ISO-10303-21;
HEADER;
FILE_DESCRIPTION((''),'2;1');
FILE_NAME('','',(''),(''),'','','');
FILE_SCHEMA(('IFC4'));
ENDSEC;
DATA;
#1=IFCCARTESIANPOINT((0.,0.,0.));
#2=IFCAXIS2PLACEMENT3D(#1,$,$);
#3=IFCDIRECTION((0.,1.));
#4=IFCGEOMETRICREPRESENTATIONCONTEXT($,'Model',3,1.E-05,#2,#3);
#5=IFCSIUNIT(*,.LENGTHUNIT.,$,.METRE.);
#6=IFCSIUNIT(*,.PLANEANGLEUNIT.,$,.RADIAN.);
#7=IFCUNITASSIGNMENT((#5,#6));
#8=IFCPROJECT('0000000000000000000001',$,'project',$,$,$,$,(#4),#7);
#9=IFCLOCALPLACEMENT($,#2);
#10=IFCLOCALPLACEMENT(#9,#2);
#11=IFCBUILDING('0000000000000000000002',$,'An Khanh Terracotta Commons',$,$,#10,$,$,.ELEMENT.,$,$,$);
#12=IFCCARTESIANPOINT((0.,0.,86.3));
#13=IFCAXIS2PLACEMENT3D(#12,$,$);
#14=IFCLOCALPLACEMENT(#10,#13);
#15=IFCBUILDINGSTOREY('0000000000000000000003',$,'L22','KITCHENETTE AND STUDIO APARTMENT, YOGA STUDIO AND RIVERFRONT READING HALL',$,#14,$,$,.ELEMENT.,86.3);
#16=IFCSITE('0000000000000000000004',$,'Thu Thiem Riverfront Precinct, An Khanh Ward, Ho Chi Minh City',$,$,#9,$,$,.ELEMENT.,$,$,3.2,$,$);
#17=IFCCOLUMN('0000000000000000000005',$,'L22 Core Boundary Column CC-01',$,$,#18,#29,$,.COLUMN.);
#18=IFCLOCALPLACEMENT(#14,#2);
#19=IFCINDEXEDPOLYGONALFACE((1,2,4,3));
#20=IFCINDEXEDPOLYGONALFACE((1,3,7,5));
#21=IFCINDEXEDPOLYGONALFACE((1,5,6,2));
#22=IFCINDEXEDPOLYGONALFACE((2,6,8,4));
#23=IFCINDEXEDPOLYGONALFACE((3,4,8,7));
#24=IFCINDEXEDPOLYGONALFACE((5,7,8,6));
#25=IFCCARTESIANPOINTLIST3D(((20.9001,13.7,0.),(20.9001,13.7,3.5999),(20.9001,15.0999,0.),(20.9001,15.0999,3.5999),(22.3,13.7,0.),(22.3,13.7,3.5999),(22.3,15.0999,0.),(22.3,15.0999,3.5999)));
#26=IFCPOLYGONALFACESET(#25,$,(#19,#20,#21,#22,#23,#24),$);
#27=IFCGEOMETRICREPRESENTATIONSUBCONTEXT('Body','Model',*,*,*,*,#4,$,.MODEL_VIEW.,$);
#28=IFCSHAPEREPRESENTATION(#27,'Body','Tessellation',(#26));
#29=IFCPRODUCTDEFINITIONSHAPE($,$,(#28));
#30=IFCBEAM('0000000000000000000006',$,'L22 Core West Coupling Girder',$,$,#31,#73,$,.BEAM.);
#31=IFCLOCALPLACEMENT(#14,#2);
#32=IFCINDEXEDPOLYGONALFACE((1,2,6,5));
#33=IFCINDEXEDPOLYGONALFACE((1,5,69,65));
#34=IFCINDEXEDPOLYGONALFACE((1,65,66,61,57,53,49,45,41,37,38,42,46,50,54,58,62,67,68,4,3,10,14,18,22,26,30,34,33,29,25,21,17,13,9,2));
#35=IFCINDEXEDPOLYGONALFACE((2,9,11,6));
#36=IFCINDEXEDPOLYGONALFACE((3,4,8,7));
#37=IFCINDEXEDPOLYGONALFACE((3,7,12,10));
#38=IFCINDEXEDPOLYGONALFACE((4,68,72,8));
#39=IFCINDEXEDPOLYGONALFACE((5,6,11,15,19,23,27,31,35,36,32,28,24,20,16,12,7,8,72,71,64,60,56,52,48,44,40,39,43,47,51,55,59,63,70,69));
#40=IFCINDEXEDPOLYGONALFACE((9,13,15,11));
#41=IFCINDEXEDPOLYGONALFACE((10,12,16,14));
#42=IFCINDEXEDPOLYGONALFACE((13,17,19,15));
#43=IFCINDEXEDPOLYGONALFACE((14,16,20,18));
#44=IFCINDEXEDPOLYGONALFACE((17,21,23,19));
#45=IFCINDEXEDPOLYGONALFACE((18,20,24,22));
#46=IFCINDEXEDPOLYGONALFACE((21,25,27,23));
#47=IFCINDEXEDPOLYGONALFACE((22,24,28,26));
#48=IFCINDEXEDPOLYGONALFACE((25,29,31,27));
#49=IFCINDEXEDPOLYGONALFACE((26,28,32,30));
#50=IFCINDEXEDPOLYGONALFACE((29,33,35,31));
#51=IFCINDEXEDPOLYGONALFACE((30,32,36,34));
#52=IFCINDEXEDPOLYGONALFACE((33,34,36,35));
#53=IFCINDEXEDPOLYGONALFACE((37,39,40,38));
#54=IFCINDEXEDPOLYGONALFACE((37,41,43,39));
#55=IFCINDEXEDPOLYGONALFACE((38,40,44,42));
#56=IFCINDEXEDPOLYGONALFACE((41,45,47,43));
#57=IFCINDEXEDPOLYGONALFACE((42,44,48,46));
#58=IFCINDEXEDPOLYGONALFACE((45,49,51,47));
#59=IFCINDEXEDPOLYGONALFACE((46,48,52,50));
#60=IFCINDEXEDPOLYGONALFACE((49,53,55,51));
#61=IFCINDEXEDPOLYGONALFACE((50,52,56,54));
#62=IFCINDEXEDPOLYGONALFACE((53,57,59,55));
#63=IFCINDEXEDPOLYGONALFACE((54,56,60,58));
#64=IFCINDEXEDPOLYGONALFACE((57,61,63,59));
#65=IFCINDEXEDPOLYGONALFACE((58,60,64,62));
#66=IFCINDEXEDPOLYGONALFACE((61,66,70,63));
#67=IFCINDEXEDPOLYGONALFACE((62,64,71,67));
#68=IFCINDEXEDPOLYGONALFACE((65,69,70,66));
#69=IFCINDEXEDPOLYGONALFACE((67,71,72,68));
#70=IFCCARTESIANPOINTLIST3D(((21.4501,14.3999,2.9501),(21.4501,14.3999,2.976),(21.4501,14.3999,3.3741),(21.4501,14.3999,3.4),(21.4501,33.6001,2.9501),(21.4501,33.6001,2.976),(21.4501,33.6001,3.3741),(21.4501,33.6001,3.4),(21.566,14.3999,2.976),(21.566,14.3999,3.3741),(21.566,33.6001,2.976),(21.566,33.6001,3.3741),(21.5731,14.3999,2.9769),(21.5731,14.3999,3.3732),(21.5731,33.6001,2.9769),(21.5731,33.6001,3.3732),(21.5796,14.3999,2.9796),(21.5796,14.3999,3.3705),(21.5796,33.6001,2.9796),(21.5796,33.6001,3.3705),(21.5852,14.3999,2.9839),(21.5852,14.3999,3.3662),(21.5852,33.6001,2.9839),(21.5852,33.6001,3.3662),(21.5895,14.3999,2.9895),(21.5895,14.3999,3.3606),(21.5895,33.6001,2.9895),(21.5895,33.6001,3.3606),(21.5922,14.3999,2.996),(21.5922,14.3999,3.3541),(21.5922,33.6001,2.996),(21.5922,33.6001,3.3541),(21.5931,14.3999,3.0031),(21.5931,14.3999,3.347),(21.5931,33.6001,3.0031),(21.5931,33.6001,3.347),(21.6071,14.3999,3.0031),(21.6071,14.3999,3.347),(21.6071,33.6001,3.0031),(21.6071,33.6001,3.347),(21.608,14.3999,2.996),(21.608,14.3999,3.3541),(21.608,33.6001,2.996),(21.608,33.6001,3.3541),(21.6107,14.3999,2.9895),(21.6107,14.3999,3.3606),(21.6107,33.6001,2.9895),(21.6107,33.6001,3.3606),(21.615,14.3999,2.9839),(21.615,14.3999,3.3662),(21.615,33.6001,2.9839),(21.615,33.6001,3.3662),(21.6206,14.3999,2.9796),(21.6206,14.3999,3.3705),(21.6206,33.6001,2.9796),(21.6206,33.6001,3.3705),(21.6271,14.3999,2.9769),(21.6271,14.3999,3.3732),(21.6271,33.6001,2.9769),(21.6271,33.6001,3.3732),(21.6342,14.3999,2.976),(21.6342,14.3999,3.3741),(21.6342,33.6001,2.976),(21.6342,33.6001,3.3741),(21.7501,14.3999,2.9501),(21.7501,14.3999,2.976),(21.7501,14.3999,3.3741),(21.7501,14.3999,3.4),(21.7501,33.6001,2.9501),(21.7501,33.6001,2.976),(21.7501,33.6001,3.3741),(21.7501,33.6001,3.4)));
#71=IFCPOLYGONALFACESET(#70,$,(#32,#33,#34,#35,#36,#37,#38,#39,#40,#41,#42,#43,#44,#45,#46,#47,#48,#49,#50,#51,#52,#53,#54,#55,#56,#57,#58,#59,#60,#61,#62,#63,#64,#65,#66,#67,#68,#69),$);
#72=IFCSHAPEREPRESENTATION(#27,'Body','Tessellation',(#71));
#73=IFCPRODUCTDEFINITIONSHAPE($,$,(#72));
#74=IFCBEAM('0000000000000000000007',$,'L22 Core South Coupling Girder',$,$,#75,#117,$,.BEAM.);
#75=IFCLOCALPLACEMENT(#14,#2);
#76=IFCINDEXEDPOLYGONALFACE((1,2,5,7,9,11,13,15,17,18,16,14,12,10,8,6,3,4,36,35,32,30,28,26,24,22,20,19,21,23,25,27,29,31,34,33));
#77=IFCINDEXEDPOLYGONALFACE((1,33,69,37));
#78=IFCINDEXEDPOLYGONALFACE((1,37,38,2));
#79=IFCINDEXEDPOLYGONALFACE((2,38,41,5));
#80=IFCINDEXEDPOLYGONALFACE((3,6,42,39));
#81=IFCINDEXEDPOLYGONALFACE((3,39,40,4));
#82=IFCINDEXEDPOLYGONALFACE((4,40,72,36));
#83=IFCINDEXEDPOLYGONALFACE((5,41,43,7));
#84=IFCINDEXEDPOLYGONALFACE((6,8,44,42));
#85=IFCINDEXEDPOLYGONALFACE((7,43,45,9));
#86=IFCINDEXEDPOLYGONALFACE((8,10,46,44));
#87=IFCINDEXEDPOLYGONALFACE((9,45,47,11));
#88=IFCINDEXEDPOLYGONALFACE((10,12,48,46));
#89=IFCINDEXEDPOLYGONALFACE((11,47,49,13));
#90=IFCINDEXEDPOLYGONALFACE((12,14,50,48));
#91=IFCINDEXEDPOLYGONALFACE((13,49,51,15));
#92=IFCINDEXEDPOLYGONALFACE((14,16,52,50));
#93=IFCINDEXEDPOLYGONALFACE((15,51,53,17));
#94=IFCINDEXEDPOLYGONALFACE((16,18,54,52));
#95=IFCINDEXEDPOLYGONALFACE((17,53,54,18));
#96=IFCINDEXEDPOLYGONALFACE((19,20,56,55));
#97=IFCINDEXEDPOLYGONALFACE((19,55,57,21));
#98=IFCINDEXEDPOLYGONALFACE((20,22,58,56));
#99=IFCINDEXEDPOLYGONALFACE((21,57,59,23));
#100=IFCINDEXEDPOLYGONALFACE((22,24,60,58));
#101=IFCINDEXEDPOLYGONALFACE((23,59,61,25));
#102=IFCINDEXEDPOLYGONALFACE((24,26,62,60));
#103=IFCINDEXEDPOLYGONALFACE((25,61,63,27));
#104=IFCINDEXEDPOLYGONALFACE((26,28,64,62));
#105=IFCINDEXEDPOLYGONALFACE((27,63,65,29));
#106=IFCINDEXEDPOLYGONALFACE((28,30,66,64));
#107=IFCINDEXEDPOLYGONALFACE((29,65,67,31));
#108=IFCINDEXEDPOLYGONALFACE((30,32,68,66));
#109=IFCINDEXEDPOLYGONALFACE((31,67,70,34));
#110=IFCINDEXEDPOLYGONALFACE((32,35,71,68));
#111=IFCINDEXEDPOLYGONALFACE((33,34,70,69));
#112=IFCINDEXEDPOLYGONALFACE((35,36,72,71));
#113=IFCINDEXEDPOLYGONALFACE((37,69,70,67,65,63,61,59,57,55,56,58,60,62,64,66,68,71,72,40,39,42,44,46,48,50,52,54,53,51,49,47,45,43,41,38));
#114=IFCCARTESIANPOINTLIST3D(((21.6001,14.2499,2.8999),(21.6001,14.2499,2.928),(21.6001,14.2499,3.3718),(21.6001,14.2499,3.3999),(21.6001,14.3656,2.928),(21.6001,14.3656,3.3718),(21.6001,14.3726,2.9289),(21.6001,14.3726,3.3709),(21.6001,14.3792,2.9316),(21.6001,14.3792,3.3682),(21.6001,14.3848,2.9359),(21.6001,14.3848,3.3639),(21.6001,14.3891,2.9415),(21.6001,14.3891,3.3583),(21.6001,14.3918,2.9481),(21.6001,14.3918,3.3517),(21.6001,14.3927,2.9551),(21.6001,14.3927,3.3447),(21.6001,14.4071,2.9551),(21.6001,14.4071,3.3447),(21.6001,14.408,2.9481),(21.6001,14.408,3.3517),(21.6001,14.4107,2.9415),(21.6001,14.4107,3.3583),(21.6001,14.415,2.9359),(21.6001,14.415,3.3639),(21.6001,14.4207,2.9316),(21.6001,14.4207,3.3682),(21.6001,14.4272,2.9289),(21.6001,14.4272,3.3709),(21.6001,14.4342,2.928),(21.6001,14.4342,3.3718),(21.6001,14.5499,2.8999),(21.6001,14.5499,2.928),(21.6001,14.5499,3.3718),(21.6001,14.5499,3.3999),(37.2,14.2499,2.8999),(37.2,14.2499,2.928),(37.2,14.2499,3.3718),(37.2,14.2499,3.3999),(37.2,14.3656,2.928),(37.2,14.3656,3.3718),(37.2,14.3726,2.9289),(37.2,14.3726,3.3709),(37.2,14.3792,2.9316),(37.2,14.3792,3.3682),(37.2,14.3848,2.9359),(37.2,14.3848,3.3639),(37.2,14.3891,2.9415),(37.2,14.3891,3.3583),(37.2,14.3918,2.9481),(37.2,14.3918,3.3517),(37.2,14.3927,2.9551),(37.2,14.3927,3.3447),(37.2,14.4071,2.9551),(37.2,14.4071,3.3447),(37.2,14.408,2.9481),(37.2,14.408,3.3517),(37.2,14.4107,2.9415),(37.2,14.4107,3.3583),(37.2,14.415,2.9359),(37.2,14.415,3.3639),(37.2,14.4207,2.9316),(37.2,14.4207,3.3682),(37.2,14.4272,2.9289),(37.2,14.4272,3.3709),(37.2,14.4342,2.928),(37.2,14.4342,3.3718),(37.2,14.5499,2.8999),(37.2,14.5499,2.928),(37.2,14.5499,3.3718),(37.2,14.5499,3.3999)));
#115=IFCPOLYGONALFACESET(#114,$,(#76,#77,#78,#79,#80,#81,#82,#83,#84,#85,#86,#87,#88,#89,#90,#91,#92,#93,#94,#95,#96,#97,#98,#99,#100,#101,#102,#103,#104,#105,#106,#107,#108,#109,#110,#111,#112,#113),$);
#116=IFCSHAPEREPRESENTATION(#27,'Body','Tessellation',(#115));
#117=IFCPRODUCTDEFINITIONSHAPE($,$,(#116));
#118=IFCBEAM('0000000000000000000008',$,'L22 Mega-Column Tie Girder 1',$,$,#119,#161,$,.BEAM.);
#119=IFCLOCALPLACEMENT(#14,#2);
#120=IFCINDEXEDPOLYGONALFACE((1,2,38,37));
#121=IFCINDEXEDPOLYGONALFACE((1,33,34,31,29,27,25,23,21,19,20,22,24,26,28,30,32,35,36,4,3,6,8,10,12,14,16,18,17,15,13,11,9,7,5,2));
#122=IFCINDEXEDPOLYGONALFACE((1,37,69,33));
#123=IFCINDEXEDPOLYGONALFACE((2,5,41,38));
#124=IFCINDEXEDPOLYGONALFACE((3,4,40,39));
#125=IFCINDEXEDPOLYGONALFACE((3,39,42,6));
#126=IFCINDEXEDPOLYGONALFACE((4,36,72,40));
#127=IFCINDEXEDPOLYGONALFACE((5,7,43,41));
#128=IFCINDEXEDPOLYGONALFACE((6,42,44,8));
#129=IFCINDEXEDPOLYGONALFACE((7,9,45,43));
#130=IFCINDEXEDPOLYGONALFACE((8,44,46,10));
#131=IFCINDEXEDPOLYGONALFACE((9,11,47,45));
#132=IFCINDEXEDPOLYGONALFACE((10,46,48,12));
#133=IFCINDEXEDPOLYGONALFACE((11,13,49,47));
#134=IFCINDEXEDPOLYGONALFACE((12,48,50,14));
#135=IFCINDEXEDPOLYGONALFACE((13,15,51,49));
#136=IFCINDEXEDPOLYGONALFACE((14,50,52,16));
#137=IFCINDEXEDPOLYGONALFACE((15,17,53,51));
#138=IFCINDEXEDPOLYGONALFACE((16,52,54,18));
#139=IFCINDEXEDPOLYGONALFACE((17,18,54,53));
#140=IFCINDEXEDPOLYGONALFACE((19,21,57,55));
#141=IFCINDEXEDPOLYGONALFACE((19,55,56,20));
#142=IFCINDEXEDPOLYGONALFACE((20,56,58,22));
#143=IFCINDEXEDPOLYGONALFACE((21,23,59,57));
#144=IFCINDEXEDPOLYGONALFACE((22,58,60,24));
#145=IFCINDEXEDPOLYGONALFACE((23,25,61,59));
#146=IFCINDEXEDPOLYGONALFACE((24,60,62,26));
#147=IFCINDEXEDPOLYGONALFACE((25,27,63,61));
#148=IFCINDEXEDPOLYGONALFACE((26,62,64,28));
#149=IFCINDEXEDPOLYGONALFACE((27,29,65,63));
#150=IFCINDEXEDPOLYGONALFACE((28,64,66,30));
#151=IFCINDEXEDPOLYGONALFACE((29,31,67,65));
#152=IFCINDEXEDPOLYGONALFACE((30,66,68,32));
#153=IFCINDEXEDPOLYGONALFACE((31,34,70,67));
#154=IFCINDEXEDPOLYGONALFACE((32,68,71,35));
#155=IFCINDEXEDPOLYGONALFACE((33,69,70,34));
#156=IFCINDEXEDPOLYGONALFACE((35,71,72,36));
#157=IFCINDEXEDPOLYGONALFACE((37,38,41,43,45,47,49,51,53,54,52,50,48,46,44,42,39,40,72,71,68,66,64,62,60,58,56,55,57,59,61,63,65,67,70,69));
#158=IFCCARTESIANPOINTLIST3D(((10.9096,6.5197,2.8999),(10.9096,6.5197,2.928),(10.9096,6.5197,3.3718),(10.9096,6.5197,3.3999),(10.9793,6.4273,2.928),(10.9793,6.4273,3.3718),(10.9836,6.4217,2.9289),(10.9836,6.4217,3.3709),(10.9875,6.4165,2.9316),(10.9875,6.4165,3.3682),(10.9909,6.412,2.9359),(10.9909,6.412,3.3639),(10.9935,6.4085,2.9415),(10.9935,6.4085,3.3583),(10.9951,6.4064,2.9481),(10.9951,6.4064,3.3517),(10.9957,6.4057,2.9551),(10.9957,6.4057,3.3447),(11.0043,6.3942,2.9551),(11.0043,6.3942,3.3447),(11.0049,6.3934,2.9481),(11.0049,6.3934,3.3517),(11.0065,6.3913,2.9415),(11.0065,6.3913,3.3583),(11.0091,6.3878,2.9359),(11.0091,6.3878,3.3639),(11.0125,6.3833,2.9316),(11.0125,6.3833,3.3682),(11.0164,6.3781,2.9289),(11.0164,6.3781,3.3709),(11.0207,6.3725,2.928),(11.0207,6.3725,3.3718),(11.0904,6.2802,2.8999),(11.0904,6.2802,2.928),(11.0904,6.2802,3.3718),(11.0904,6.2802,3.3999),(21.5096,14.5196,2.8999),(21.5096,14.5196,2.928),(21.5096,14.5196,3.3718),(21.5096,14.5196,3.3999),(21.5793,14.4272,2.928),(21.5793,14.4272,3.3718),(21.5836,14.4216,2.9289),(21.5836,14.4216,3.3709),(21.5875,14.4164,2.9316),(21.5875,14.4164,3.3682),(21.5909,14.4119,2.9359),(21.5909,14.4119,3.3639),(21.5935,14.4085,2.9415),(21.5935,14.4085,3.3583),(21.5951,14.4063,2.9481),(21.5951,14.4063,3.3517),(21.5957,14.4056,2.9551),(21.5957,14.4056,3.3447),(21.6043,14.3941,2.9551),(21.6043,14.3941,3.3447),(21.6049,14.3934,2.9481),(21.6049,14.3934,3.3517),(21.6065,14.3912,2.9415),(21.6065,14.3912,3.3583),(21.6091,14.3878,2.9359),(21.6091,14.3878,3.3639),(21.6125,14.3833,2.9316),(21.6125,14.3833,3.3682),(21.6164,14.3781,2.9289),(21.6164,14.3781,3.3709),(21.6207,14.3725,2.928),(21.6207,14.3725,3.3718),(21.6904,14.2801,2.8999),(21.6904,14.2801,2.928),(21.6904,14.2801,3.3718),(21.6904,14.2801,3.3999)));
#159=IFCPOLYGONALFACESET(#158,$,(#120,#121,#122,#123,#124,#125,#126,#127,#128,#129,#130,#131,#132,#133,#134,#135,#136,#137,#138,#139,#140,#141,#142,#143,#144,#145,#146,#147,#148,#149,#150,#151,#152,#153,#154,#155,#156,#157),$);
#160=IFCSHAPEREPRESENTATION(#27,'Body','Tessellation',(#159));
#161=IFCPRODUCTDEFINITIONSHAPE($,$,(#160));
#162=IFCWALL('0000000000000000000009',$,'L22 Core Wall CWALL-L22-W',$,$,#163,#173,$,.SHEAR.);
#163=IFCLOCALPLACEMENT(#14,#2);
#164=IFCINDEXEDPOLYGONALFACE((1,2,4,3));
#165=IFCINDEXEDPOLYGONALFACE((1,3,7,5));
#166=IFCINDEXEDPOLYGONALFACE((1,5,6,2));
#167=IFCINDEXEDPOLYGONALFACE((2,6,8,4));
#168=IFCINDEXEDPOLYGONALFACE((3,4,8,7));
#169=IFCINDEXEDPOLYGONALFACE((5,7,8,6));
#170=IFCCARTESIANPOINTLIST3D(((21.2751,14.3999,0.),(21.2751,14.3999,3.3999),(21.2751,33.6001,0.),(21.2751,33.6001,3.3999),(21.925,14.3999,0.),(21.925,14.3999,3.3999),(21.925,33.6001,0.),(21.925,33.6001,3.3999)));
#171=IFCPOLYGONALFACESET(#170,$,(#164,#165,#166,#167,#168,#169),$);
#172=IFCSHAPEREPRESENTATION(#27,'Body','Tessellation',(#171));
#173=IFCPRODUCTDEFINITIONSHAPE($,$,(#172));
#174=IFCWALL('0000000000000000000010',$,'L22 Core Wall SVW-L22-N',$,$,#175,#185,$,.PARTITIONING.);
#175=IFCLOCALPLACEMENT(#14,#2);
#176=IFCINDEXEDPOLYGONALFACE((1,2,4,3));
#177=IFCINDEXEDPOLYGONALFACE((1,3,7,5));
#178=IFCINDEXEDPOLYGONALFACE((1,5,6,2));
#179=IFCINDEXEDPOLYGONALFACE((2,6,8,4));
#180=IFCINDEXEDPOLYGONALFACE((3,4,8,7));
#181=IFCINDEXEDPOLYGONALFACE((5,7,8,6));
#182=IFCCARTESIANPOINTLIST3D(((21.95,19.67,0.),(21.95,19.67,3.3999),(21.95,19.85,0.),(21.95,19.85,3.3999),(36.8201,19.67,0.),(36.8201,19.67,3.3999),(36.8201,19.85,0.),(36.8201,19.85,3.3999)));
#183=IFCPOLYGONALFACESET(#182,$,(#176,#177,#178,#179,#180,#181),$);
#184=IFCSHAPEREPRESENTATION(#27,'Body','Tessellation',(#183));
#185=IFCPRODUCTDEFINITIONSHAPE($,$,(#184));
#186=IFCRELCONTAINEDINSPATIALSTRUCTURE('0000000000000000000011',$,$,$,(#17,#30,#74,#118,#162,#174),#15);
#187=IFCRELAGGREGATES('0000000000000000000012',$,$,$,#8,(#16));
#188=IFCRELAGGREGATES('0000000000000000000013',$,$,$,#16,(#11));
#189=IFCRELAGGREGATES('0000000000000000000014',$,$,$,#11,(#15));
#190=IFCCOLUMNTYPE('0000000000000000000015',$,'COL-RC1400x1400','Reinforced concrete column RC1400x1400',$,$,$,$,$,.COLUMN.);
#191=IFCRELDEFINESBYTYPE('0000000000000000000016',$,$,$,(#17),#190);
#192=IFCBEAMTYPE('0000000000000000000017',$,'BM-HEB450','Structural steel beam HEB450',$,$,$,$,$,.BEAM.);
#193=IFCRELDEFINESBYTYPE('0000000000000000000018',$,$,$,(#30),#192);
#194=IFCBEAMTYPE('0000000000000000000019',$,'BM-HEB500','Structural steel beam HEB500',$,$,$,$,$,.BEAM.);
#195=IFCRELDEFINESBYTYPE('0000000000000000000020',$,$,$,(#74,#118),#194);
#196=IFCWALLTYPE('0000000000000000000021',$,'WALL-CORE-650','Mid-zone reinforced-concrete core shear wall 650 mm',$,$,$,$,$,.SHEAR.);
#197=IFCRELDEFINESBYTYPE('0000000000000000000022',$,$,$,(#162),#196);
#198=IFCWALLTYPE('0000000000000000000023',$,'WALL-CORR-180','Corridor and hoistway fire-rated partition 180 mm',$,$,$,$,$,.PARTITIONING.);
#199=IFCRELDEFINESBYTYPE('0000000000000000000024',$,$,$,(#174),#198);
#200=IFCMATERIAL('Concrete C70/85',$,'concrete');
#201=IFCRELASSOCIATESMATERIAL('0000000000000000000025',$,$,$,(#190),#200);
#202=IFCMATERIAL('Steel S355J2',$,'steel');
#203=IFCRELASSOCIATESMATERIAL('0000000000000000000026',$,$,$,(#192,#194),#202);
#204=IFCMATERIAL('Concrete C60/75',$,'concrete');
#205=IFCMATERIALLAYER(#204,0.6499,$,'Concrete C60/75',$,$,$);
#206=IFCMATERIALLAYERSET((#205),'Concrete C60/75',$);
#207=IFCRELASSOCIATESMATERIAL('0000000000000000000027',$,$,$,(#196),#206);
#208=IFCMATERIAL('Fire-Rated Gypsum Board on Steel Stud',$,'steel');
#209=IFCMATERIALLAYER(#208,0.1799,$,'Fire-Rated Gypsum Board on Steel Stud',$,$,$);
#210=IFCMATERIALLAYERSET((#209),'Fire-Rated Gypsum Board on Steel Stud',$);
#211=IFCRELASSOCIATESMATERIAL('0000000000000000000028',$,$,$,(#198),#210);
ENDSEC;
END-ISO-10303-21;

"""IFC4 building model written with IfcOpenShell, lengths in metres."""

from ifc_helpers import new_model, si_unit, direction, frame, frame_2d, origin, origin_2d, place, context, subcontext, project, spatial, rectangle, i_section, extrude, material, layer, layer_set, material_profile, profile_set, type_object, element, save


model = new_model("IFC4")

# Units and contexts
model_context = context("Model", 3, precision=1e-05, world=origin(), true_north=direction((0.0, 1.0)))
body_context = subcontext(model_context, "Body", "Model", "MODEL_VIEW")
ifc_project = project(units=[si_unit("LENGTHUNIT", "METRE"), si_unit("PLANEANGLEUNIT", "RADIAN")], contexts=[model_context])

# Site, building, storey
site_placement = place(None, origin())
site = spatial("IfcSite", under=ifc_project, at=site_placement, Name="Thu Thiem Riverfront Precinct, An Khanh Ward, Ho Chi Minh City", CompositionType="ELEMENT", RefElevation=3.2)
building_placement = place(site_placement, origin())
building = spatial("IfcBuilding", under=site, at=building_placement, Name="An Khanh Terracotta Commons", CompositionType="ELEMENT")
storey_placement = place(building_placement, frame((0.0, 0.0, 86.3)))
storey = spatial("IfcBuildingStorey", under=building, at=storey_placement, Name="L22", Description="KITCHENETTE AND STUDIO APARTMENT, YOGA STUDIO AND RIVERFRONT READING HALL", CompositionType="ELEMENT", Elevation=86.3)

# Column
ifc_material_1 = material(Name="Concrete C70/85", Category="concrete")
ifc_material_profile_1 = material_profile(ifc_material_1, rectangle(XDim=1.3999, YDim=1.3999, at=origin_2d()), Name="RC1400x1400")
ifc_profile_set_1 = profile_set([ifc_material_profile_1], Name="Concrete C70/85")
column_type = type_object("IfcColumnType", Name="COL-RC1400x1400", Description="Reinforced concrete column RC1400x1400", PredefinedType="COLUMN", material=ifc_profile_set_1)
column_placement = place(storey_placement, frame((21.6001, 14.3999, 0.0), z_axis=(0.0, 0.0, 1.0), x_axis=(1.0, 0.0, 0.0)))
element("IfcColumn", 1, at=column_placement, inside=storey, type_object=column_type, Name="L22 Core Boundary Column CC-01", PredefinedType="COLUMN", context=body_context, shape_type="SweptSolid", body=[
    extrude(rectangle(XDim=1.3999, YDim=1.3999, at=origin_2d()), origin(), (0.0, 0.0, 1.0), 3.5999),
])

# Beams
ifc_material_2 = material(Name="Steel S355J2", Category="steel")
ifc_material_profile_2 = material_profile(ifc_material_2, i_section(OverallWidth=0.3, OverallDepth=0.45, WebThickness=0.0139, FlangeThickness=0.0259, FilletRadius=0.0271, at=origin_2d()), Name="HEB450")
ifc_profile_set_2 = profile_set([ifc_material_profile_2], Name="Steel S355J2")
beam_type_1 = type_object("IfcBeamType", Name="BM-HEB450", Description="Structural steel beam HEB450", PredefinedType="BEAM", material=ifc_profile_set_2)
beam_1_placement = place(storey_placement, frame((21.6001, 14.3999, 3.175), z_axis=(0.0, 1.0, 0.0), x_axis=(-1.0, 0.0, 0.0)))
element("IfcBeam", 2, at=beam_1_placement, inside=storey, type_object=beam_type_1, Name="L22 Core West Coupling Girder", PredefinedType="BEAM", context=body_context, shape_type="SweptSolid", body=[
    extrude(i_section(OverallWidth=0.3, OverallDepth=0.45, WebThickness=0.0139, FlangeThickness=0.0259, FilletRadius=0.0271, at=origin_2d()), origin(), (0.0, 0.0, 1.0), 19.2002),
])
ifc_material_profile_3 = material_profile(ifc_material_2, i_section(OverallWidth=0.3, OverallDepth=0.5, WebThickness=0.0144, FlangeThickness=0.0281, FilletRadius=0.0271, at=origin_2d()), Name="HEB500")
ifc_profile_set_3 = profile_set([ifc_material_profile_3], Name="Steel S355J2")
beam_type_2 = type_object("IfcBeamType", Name="BM-HEB500", Description="Structural steel beam HEB500", PredefinedType="BEAM", material=ifc_profile_set_3)
beam_2_placement = place(storey_placement, frame((21.6001, 14.3999, 3.1499), z_axis=(1.0, 0.0, 0.0), x_axis=(0.0, 1.0, 0.0)))
element("IfcBeam", 3, at=beam_2_placement, inside=storey, type_object=beam_type_2, Name="L22 Core South Coupling Girder", PredefinedType="BEAM", context=body_context, shape_type="SweptSolid", body=[
    extrude(i_section(OverallWidth=0.3, OverallDepth=0.5, WebThickness=0.0144, FlangeThickness=0.0281, FilletRadius=0.0271, at=origin_2d()), origin(), (0.0, 0.0, 1.0), 15.5999),
])
beam_3_placement = place(storey_placement, frame((11.0, 6.3999, 3.1499), z_axis=(0.798192, 0.602403, 0.0), x_axis=(-0.602403, 0.798192, 0.0)))
element("IfcBeam", 4, at=beam_3_placement, inside=storey, type_object=beam_type_2, Name="L22 Mega-Column Tie Girder 1", PredefinedType="BEAM", context=body_context, shape_type="SweptSolid", body=[
    extrude(i_section(OverallWidth=0.3, OverallDepth=0.5, WebThickness=0.0144, FlangeThickness=0.0281, FilletRadius=0.0271, at=origin_2d()), origin(), (0.0, 0.0, 1.0), 13.28),
])

# Walls
ifc_material_3 = material(Name="Concrete C60/75", Category="concrete")
ifc_layer_1 = layer(ifc_material_3, 0.6499, Name="Concrete C60/75")
ifc_layer_set_1 = layer_set([ifc_layer_1], Name="Concrete C60/75")
wall_type_1 = type_object("IfcWallType", Name="WALL-CORE-650", Description="Mid-zone reinforced-concrete core shear wall 650 mm", PredefinedType="SHEAR", material=ifc_layer_set_1)
wall_1_placement = place(storey_placement, frame((21.6001, 14.3999, 0.0), z_axis=(0.0, 0.0, 1.0), x_axis=(0.0, 1.0, 0.0)))
element("IfcWall", 5, at=wall_1_placement, inside=storey, type_object=wall_type_1, Name="L22 Core Wall CWALL-L22-W", PredefinedType="SHEAR", context=body_context, shape_type="SweptSolid", body=[
    extrude(rectangle(XDim=19.2002, YDim=0.6499, at=frame_2d((9.6001, 0.0))), origin(), (0.0, 0.0, 1.0), 3.3999),
])
ifc_material_4 = material(Name="Fire-Rated Gypsum Board on Steel Stud", Category="steel")
ifc_layer_2 = layer(ifc_material_4, 0.1799, Name="Fire-Rated Gypsum Board on Steel Stud")
ifc_layer_set_2 = layer_set([ifc_layer_2], Name="Fire-Rated Gypsum Board on Steel Stud")
wall_type_2 = type_object("IfcWallType", Name="WALL-CORR-180", Description="Corridor and hoistway fire-rated partition 180 mm", PredefinedType="PARTITIONING", material=ifc_layer_set_2)
wall_2_placement = place(storey_placement, frame((21.95, 19.76, 0.0), z_axis=(0.0, 0.0, 1.0), x_axis=(1.0, 0.0, 0.0)))
element("IfcWall", 6, at=wall_2_placement, inside=storey, type_object=wall_type_2, Name="L22 Core Wall SVW-L22-N", PredefinedType="PARTITIONING", context=body_context, shape_type="SweptSolid", body=[
    extrude(rectangle(XDim=14.8701, YDim=0.1799, at=frame_2d((7.4351, 0.0))), origin(), (0.0, 0.0, 1.0), 3.3999),
])

save(model, "model.ifc")
